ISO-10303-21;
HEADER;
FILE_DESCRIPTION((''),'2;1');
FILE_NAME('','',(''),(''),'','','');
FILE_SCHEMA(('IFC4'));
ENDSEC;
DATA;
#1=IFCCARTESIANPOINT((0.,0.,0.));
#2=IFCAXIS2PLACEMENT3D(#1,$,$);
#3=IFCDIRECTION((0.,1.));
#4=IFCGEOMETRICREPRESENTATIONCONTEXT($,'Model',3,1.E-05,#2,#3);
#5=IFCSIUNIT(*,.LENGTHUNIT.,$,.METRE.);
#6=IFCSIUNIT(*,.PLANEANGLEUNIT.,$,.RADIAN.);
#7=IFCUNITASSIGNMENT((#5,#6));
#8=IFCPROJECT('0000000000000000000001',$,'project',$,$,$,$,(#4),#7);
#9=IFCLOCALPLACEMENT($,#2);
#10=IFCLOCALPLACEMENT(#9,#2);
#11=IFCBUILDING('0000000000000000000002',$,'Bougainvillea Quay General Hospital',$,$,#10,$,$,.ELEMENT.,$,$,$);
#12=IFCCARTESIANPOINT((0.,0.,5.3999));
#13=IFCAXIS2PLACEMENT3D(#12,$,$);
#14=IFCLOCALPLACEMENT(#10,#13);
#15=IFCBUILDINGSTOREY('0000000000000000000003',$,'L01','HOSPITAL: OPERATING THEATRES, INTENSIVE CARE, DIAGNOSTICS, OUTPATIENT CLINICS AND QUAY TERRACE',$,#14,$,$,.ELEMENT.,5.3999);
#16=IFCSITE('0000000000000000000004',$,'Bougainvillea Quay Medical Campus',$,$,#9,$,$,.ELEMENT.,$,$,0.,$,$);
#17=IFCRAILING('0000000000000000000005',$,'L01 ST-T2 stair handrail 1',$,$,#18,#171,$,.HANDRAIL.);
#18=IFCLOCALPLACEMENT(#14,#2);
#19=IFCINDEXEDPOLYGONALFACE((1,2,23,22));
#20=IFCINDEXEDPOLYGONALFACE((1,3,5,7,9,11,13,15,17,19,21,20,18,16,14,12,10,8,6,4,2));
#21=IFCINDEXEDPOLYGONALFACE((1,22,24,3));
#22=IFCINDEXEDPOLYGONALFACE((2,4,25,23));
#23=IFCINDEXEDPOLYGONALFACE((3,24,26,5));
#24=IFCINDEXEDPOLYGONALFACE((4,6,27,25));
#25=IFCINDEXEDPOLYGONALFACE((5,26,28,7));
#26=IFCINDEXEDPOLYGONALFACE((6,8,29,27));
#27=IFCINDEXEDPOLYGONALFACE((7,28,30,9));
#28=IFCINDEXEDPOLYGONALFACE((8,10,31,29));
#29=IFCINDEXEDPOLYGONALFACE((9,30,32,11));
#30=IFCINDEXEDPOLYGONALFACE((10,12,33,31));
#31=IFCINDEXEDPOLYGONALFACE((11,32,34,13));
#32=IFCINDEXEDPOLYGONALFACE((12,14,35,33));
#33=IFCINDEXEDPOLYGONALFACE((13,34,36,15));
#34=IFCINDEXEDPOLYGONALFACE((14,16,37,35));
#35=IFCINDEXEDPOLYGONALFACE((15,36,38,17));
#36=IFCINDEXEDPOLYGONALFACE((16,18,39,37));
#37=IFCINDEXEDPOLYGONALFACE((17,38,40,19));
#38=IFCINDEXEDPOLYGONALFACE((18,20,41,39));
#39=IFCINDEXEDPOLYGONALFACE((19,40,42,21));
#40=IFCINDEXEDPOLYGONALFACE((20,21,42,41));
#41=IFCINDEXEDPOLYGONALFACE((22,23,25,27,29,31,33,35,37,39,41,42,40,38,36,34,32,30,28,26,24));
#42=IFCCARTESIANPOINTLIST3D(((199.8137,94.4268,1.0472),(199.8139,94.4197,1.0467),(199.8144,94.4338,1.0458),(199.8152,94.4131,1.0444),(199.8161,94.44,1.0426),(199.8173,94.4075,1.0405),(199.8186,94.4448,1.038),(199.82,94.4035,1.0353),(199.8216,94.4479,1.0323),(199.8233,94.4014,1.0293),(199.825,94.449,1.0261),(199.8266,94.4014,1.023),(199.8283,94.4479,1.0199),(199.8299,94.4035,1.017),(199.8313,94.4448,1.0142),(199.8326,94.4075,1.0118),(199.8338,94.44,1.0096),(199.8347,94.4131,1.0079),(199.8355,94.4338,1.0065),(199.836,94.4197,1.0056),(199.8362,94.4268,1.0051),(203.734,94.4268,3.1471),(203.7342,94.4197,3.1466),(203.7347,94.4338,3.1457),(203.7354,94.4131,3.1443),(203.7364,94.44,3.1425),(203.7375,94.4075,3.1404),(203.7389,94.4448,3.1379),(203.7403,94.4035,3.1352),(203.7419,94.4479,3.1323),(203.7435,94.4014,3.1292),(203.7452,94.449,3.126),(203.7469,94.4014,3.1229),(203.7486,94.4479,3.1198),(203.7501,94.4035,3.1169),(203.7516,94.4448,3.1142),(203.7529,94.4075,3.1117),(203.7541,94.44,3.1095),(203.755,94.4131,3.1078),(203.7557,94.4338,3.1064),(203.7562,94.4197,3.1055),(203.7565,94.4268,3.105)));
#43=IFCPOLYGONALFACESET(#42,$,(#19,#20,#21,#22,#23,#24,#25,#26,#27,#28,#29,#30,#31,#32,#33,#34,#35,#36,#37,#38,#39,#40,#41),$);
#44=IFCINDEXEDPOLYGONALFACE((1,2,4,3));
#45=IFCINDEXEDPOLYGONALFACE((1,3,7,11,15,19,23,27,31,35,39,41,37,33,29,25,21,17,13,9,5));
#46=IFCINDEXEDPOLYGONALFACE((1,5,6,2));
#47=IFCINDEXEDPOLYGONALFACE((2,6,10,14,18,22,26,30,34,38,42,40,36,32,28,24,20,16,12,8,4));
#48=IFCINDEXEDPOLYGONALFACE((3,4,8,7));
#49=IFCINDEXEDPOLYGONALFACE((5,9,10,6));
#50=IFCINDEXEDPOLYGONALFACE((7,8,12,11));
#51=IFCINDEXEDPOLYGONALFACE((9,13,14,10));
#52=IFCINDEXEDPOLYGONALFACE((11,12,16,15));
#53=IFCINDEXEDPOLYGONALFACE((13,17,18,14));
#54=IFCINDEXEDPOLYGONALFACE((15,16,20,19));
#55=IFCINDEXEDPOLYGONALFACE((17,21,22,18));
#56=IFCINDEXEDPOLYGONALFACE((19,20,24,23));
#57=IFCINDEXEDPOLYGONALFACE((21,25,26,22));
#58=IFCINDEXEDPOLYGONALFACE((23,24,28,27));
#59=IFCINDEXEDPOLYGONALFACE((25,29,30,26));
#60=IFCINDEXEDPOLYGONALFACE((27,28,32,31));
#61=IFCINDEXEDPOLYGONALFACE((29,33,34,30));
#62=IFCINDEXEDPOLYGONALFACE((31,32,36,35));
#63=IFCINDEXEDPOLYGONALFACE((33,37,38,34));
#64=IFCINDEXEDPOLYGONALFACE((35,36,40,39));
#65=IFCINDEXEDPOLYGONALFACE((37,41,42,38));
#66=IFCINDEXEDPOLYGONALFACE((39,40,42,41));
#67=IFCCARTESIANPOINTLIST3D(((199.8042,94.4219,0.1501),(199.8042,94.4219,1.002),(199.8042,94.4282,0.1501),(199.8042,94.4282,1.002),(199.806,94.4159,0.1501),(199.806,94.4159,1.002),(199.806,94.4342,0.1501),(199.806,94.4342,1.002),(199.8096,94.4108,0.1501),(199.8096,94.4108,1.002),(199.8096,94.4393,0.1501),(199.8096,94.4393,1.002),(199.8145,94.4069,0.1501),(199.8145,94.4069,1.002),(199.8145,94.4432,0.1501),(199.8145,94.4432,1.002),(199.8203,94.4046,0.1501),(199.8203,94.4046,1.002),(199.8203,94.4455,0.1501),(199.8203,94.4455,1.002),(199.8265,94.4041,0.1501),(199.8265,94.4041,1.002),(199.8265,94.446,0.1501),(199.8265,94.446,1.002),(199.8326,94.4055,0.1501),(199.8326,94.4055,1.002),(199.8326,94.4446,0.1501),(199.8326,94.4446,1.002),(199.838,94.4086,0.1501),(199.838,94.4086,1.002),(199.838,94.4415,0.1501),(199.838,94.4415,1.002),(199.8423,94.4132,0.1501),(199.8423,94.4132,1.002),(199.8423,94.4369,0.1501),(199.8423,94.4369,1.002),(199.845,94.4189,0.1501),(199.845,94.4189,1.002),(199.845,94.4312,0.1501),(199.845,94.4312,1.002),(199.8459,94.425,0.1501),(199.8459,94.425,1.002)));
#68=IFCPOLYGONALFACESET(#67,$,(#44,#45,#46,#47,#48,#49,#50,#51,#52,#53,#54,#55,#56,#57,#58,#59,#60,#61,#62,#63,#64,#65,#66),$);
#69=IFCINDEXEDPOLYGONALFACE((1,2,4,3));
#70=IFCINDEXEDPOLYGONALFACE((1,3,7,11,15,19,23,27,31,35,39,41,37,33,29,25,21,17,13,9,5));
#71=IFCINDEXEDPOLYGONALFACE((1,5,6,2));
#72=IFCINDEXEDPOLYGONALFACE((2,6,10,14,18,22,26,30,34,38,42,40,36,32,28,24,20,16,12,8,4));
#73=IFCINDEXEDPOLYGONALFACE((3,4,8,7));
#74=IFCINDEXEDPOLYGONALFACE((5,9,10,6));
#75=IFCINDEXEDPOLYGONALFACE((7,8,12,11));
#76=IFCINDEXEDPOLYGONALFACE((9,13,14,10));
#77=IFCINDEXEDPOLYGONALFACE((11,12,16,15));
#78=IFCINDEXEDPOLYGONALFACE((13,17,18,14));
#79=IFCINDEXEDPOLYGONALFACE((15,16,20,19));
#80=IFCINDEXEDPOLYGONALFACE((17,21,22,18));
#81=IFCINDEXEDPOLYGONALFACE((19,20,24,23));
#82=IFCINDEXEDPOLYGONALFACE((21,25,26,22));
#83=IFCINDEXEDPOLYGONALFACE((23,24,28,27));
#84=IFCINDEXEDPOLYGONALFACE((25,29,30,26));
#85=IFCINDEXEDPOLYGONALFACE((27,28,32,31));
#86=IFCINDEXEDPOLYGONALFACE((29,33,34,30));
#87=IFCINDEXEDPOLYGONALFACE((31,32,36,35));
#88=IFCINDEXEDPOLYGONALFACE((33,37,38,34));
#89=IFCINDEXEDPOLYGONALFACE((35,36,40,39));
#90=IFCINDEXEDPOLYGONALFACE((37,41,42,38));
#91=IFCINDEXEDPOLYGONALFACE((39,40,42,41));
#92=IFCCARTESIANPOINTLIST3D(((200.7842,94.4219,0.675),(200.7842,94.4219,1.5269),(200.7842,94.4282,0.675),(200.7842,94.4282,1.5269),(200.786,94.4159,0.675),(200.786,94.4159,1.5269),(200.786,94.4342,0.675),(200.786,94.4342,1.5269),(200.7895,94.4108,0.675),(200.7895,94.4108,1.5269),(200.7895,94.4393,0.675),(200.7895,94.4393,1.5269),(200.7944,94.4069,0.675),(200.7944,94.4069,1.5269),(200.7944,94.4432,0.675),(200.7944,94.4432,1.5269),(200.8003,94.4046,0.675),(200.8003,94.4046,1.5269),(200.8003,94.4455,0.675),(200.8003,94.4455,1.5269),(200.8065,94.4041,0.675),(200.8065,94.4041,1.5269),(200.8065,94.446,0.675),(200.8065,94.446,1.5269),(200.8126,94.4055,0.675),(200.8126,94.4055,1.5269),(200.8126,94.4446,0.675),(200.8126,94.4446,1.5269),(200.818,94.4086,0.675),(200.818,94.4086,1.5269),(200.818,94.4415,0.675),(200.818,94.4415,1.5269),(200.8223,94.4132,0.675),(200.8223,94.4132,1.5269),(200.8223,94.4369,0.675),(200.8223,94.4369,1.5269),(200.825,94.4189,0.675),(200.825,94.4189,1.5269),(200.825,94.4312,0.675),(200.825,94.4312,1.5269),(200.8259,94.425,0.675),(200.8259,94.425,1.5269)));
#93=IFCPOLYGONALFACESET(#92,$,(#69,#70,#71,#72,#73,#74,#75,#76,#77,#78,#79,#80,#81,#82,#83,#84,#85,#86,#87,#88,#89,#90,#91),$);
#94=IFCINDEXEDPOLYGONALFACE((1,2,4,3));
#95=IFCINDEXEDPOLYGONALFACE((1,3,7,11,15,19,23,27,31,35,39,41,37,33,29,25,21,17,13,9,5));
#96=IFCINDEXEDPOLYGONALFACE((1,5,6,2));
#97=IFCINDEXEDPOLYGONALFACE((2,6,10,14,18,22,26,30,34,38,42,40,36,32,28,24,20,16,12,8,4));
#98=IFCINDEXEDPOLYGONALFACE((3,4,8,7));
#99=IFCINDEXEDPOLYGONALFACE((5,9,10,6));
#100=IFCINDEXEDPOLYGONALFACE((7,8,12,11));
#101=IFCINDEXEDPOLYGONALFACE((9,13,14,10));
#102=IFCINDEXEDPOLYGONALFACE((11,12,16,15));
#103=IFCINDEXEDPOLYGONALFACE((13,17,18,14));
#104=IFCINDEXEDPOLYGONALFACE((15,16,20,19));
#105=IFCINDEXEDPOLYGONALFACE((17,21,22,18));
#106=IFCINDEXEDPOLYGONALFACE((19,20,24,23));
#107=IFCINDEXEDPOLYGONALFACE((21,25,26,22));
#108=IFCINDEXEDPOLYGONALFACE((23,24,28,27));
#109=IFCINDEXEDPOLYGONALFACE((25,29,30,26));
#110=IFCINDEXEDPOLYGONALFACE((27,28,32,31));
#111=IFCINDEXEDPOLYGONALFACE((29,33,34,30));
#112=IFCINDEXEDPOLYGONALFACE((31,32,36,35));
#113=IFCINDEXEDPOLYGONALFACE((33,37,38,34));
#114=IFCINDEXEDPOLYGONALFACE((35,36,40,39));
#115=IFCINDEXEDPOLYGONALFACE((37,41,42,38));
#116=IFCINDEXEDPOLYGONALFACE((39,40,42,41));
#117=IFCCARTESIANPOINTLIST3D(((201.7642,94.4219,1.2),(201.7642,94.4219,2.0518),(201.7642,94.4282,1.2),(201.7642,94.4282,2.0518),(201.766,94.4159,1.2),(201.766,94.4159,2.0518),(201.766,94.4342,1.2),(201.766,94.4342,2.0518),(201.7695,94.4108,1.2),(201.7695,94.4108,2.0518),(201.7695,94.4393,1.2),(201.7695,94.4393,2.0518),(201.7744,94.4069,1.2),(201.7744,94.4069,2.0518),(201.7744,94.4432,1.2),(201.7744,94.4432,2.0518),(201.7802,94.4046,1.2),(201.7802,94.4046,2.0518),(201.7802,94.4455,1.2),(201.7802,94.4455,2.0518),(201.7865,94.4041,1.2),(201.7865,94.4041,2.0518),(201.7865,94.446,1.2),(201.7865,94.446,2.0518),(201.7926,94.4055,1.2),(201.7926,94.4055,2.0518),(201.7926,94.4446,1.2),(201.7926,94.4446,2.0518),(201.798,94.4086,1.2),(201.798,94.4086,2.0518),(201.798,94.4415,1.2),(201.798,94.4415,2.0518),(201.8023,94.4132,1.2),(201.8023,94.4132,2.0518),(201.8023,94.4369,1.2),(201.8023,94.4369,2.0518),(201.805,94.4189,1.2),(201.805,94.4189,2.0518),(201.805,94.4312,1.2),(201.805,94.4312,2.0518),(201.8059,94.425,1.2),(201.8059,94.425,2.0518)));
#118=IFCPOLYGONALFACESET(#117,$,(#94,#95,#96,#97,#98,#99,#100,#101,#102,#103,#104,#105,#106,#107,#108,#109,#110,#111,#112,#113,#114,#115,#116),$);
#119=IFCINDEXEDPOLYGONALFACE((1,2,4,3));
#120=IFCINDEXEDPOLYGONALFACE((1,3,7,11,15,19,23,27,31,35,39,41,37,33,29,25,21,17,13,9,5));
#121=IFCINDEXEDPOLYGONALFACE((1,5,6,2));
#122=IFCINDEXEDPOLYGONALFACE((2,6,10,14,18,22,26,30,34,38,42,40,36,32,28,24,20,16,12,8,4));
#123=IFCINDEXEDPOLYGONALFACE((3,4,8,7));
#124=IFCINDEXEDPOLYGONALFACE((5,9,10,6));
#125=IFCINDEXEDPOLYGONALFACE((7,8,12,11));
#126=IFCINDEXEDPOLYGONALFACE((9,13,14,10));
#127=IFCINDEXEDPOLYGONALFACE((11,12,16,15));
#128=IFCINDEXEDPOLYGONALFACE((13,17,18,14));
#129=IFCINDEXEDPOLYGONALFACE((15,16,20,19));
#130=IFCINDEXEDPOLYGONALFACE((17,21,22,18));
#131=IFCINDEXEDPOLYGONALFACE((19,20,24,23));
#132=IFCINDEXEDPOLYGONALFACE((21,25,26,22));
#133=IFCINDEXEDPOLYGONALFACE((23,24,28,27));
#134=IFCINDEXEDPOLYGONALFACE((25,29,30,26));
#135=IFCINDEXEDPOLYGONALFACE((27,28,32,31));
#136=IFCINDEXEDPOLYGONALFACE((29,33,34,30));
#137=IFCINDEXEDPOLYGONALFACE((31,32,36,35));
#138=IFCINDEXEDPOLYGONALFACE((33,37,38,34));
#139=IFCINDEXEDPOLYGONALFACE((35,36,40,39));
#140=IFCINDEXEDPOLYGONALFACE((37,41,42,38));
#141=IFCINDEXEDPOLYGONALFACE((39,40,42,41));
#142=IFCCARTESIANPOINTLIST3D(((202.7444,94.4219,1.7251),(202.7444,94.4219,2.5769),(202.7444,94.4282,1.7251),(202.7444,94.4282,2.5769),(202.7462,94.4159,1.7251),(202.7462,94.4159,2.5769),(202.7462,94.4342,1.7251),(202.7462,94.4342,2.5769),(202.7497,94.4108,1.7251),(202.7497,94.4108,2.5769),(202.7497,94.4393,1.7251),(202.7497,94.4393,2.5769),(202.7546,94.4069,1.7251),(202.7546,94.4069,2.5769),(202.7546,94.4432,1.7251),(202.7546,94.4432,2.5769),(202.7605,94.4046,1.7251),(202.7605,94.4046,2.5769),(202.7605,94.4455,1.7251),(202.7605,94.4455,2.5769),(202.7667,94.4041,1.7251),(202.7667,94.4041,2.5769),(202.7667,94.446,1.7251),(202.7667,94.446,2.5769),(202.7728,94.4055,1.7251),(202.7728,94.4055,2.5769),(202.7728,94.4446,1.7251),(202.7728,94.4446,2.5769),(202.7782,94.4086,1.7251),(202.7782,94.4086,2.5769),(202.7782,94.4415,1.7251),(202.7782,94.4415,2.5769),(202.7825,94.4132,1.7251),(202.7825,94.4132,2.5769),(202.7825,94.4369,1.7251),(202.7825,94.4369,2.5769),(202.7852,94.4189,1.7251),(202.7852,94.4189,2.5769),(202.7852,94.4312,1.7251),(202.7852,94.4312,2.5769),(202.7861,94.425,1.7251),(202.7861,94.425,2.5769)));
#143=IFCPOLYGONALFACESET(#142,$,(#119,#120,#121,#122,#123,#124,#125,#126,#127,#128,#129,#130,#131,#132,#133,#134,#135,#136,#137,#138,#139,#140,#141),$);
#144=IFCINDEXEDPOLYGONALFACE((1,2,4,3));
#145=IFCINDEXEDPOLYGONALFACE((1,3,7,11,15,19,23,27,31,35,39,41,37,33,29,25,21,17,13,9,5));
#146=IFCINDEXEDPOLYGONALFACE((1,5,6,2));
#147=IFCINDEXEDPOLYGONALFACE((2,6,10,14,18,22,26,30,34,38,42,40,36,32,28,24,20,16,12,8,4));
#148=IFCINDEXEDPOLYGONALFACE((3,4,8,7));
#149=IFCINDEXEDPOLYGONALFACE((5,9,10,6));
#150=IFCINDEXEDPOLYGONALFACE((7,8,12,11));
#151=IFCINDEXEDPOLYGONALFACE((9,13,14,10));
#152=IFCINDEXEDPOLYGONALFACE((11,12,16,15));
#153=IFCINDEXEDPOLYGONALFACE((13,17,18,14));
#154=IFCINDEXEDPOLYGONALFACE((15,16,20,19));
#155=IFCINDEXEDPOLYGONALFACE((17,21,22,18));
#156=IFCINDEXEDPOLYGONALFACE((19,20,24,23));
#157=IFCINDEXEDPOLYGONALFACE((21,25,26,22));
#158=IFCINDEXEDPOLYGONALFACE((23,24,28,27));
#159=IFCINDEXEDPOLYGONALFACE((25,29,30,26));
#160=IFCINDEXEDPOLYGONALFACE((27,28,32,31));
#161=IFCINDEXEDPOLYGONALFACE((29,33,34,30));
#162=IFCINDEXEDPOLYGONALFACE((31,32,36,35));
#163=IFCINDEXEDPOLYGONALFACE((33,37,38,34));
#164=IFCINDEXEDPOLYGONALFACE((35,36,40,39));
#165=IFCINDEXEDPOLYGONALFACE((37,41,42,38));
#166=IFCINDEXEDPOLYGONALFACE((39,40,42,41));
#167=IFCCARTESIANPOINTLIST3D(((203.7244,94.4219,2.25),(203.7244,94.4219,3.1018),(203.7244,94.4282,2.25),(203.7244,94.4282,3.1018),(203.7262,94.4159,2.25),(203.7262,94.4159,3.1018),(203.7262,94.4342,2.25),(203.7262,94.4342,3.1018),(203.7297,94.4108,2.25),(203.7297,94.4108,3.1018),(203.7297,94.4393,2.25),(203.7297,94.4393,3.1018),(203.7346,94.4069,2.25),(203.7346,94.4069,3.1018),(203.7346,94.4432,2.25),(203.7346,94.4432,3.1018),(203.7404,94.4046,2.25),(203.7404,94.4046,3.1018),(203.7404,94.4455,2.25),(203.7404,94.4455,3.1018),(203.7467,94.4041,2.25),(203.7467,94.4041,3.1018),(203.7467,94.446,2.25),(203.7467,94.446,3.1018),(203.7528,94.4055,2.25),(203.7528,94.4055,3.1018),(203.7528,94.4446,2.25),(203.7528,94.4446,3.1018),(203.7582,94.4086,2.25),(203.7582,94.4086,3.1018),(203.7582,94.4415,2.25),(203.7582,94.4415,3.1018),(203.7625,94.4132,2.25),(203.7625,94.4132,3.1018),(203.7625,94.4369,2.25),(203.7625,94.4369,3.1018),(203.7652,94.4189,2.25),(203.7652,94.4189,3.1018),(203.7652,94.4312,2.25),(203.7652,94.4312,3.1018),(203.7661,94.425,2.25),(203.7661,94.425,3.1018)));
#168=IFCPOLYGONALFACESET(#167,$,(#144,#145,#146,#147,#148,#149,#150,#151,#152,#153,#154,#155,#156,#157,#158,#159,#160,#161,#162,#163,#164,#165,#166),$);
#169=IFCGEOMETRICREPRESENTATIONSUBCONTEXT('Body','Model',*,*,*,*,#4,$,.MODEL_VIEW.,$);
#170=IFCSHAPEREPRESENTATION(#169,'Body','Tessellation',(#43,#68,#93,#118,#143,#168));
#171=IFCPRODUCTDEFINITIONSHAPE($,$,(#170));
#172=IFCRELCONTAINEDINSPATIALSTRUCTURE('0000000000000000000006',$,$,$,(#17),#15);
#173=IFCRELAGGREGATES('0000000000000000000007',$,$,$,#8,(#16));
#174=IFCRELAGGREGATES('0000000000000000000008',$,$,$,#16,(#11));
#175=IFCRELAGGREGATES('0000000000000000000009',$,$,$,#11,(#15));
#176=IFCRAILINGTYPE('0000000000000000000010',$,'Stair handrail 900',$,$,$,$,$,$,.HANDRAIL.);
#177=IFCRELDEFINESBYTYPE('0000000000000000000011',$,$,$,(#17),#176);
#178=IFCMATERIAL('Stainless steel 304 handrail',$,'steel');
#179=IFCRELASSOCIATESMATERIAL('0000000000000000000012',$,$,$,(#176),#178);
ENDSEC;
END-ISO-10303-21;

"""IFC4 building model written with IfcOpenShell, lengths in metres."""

from ifc_helpers import new_model, si_unit, direction, frame, origin, origin_2d, place, context, subcontext, project, spatial, circle, extrude, material, type_object, element, save


model = new_model("IFC4")

# Units and contexts
model_context = context("Model", 3, precision=1e-05, world=origin(), true_north=direction((0.0, 1.0)))
body_context = subcontext(model_context, "Body", "Model", "MODEL_VIEW")
ifc_project = project(units=[si_unit("LENGTHUNIT", "METRE"), si_unit("PLANEANGLEUNIT", "RADIAN")], contexts=[model_context])

# Site, building, storey
site_placement = place(None, origin())
site = spatial("IfcSite", under=ifc_project, at=site_placement, Name="Bougainvillea Quay Medical Campus", CompositionType="ELEMENT", RefElevation=0.0)
building_placement = place(site_placement, origin())
building = spatial("IfcBuilding", under=site, at=building_placement, Name="Bougainvillea Quay General Hospital", CompositionType="ELEMENT")
storey_placement = place(building_placement, frame((0.0, 0.0, 5.3999)))
storey = spatial("IfcBuildingStorey", under=building, at=storey_placement, Name="L01", Description="HOSPITAL: OPERATING THEATRES, INTENSIVE CARE, DIAGNOSTICS, OUTPATIENT CLINICS AND QUAY TERRACE", CompositionType="ELEMENT", Elevation=5.3999)

# Railing
ifc_material_1 = material(Name="Stainless steel 304 handrail", Category="steel")
railing_type_1 = type_object("IfcRailingType", Name="Stair handrail 900", PredefinedType="HANDRAIL", material=ifc_material_1)
railing_1_placement = place(storey_placement, frame((199.825, 94.425, 0.1501)))
element("IfcRailing", 1, at=railing_1_placement, inside=storey, type_object=railing_type_1, Name="L01 ST-T2 stair handrail 1", PredefinedType="HANDRAIL", context=body_context, shape_type="SweptSolid", body=[
    extrude(circle(Radius=0.0239, at=origin_2d()), frame((0.0, 0.0, 0.876), z_axis=(0.881502, 0.0, 0.47218), x_axis=(0.0, 1.0, 0.0)), (0.0, 0.0, 1.0), 4.4473),
    extrude(circle(Radius=0.021, at=origin_2d()), origin(), (0.0, 0.0, 1.0), 0.8518),
    extrude(circle(Radius=0.021, at=origin_2d()), frame((0.98, 0.0, 0.5249)), (0.0, 0.0, 1.0), 0.8518),
    extrude(circle(Radius=0.021, at=origin_2d()), frame((1.96, 0.0, 1.0498)), (0.0, 0.0, 1.0), 0.8518),
    extrude(circle(Radius=0.021, at=origin_2d()), frame((2.9402, 0.0, 1.575)), (0.0, 0.0, 1.0), 0.8518),
    extrude(circle(Radius=0.021, at=origin_2d()), frame((3.9202, 0.0, 2.0999)), (0.0, 0.0, 1.0), 0.8518),
])

save(model, "model.ifc")
